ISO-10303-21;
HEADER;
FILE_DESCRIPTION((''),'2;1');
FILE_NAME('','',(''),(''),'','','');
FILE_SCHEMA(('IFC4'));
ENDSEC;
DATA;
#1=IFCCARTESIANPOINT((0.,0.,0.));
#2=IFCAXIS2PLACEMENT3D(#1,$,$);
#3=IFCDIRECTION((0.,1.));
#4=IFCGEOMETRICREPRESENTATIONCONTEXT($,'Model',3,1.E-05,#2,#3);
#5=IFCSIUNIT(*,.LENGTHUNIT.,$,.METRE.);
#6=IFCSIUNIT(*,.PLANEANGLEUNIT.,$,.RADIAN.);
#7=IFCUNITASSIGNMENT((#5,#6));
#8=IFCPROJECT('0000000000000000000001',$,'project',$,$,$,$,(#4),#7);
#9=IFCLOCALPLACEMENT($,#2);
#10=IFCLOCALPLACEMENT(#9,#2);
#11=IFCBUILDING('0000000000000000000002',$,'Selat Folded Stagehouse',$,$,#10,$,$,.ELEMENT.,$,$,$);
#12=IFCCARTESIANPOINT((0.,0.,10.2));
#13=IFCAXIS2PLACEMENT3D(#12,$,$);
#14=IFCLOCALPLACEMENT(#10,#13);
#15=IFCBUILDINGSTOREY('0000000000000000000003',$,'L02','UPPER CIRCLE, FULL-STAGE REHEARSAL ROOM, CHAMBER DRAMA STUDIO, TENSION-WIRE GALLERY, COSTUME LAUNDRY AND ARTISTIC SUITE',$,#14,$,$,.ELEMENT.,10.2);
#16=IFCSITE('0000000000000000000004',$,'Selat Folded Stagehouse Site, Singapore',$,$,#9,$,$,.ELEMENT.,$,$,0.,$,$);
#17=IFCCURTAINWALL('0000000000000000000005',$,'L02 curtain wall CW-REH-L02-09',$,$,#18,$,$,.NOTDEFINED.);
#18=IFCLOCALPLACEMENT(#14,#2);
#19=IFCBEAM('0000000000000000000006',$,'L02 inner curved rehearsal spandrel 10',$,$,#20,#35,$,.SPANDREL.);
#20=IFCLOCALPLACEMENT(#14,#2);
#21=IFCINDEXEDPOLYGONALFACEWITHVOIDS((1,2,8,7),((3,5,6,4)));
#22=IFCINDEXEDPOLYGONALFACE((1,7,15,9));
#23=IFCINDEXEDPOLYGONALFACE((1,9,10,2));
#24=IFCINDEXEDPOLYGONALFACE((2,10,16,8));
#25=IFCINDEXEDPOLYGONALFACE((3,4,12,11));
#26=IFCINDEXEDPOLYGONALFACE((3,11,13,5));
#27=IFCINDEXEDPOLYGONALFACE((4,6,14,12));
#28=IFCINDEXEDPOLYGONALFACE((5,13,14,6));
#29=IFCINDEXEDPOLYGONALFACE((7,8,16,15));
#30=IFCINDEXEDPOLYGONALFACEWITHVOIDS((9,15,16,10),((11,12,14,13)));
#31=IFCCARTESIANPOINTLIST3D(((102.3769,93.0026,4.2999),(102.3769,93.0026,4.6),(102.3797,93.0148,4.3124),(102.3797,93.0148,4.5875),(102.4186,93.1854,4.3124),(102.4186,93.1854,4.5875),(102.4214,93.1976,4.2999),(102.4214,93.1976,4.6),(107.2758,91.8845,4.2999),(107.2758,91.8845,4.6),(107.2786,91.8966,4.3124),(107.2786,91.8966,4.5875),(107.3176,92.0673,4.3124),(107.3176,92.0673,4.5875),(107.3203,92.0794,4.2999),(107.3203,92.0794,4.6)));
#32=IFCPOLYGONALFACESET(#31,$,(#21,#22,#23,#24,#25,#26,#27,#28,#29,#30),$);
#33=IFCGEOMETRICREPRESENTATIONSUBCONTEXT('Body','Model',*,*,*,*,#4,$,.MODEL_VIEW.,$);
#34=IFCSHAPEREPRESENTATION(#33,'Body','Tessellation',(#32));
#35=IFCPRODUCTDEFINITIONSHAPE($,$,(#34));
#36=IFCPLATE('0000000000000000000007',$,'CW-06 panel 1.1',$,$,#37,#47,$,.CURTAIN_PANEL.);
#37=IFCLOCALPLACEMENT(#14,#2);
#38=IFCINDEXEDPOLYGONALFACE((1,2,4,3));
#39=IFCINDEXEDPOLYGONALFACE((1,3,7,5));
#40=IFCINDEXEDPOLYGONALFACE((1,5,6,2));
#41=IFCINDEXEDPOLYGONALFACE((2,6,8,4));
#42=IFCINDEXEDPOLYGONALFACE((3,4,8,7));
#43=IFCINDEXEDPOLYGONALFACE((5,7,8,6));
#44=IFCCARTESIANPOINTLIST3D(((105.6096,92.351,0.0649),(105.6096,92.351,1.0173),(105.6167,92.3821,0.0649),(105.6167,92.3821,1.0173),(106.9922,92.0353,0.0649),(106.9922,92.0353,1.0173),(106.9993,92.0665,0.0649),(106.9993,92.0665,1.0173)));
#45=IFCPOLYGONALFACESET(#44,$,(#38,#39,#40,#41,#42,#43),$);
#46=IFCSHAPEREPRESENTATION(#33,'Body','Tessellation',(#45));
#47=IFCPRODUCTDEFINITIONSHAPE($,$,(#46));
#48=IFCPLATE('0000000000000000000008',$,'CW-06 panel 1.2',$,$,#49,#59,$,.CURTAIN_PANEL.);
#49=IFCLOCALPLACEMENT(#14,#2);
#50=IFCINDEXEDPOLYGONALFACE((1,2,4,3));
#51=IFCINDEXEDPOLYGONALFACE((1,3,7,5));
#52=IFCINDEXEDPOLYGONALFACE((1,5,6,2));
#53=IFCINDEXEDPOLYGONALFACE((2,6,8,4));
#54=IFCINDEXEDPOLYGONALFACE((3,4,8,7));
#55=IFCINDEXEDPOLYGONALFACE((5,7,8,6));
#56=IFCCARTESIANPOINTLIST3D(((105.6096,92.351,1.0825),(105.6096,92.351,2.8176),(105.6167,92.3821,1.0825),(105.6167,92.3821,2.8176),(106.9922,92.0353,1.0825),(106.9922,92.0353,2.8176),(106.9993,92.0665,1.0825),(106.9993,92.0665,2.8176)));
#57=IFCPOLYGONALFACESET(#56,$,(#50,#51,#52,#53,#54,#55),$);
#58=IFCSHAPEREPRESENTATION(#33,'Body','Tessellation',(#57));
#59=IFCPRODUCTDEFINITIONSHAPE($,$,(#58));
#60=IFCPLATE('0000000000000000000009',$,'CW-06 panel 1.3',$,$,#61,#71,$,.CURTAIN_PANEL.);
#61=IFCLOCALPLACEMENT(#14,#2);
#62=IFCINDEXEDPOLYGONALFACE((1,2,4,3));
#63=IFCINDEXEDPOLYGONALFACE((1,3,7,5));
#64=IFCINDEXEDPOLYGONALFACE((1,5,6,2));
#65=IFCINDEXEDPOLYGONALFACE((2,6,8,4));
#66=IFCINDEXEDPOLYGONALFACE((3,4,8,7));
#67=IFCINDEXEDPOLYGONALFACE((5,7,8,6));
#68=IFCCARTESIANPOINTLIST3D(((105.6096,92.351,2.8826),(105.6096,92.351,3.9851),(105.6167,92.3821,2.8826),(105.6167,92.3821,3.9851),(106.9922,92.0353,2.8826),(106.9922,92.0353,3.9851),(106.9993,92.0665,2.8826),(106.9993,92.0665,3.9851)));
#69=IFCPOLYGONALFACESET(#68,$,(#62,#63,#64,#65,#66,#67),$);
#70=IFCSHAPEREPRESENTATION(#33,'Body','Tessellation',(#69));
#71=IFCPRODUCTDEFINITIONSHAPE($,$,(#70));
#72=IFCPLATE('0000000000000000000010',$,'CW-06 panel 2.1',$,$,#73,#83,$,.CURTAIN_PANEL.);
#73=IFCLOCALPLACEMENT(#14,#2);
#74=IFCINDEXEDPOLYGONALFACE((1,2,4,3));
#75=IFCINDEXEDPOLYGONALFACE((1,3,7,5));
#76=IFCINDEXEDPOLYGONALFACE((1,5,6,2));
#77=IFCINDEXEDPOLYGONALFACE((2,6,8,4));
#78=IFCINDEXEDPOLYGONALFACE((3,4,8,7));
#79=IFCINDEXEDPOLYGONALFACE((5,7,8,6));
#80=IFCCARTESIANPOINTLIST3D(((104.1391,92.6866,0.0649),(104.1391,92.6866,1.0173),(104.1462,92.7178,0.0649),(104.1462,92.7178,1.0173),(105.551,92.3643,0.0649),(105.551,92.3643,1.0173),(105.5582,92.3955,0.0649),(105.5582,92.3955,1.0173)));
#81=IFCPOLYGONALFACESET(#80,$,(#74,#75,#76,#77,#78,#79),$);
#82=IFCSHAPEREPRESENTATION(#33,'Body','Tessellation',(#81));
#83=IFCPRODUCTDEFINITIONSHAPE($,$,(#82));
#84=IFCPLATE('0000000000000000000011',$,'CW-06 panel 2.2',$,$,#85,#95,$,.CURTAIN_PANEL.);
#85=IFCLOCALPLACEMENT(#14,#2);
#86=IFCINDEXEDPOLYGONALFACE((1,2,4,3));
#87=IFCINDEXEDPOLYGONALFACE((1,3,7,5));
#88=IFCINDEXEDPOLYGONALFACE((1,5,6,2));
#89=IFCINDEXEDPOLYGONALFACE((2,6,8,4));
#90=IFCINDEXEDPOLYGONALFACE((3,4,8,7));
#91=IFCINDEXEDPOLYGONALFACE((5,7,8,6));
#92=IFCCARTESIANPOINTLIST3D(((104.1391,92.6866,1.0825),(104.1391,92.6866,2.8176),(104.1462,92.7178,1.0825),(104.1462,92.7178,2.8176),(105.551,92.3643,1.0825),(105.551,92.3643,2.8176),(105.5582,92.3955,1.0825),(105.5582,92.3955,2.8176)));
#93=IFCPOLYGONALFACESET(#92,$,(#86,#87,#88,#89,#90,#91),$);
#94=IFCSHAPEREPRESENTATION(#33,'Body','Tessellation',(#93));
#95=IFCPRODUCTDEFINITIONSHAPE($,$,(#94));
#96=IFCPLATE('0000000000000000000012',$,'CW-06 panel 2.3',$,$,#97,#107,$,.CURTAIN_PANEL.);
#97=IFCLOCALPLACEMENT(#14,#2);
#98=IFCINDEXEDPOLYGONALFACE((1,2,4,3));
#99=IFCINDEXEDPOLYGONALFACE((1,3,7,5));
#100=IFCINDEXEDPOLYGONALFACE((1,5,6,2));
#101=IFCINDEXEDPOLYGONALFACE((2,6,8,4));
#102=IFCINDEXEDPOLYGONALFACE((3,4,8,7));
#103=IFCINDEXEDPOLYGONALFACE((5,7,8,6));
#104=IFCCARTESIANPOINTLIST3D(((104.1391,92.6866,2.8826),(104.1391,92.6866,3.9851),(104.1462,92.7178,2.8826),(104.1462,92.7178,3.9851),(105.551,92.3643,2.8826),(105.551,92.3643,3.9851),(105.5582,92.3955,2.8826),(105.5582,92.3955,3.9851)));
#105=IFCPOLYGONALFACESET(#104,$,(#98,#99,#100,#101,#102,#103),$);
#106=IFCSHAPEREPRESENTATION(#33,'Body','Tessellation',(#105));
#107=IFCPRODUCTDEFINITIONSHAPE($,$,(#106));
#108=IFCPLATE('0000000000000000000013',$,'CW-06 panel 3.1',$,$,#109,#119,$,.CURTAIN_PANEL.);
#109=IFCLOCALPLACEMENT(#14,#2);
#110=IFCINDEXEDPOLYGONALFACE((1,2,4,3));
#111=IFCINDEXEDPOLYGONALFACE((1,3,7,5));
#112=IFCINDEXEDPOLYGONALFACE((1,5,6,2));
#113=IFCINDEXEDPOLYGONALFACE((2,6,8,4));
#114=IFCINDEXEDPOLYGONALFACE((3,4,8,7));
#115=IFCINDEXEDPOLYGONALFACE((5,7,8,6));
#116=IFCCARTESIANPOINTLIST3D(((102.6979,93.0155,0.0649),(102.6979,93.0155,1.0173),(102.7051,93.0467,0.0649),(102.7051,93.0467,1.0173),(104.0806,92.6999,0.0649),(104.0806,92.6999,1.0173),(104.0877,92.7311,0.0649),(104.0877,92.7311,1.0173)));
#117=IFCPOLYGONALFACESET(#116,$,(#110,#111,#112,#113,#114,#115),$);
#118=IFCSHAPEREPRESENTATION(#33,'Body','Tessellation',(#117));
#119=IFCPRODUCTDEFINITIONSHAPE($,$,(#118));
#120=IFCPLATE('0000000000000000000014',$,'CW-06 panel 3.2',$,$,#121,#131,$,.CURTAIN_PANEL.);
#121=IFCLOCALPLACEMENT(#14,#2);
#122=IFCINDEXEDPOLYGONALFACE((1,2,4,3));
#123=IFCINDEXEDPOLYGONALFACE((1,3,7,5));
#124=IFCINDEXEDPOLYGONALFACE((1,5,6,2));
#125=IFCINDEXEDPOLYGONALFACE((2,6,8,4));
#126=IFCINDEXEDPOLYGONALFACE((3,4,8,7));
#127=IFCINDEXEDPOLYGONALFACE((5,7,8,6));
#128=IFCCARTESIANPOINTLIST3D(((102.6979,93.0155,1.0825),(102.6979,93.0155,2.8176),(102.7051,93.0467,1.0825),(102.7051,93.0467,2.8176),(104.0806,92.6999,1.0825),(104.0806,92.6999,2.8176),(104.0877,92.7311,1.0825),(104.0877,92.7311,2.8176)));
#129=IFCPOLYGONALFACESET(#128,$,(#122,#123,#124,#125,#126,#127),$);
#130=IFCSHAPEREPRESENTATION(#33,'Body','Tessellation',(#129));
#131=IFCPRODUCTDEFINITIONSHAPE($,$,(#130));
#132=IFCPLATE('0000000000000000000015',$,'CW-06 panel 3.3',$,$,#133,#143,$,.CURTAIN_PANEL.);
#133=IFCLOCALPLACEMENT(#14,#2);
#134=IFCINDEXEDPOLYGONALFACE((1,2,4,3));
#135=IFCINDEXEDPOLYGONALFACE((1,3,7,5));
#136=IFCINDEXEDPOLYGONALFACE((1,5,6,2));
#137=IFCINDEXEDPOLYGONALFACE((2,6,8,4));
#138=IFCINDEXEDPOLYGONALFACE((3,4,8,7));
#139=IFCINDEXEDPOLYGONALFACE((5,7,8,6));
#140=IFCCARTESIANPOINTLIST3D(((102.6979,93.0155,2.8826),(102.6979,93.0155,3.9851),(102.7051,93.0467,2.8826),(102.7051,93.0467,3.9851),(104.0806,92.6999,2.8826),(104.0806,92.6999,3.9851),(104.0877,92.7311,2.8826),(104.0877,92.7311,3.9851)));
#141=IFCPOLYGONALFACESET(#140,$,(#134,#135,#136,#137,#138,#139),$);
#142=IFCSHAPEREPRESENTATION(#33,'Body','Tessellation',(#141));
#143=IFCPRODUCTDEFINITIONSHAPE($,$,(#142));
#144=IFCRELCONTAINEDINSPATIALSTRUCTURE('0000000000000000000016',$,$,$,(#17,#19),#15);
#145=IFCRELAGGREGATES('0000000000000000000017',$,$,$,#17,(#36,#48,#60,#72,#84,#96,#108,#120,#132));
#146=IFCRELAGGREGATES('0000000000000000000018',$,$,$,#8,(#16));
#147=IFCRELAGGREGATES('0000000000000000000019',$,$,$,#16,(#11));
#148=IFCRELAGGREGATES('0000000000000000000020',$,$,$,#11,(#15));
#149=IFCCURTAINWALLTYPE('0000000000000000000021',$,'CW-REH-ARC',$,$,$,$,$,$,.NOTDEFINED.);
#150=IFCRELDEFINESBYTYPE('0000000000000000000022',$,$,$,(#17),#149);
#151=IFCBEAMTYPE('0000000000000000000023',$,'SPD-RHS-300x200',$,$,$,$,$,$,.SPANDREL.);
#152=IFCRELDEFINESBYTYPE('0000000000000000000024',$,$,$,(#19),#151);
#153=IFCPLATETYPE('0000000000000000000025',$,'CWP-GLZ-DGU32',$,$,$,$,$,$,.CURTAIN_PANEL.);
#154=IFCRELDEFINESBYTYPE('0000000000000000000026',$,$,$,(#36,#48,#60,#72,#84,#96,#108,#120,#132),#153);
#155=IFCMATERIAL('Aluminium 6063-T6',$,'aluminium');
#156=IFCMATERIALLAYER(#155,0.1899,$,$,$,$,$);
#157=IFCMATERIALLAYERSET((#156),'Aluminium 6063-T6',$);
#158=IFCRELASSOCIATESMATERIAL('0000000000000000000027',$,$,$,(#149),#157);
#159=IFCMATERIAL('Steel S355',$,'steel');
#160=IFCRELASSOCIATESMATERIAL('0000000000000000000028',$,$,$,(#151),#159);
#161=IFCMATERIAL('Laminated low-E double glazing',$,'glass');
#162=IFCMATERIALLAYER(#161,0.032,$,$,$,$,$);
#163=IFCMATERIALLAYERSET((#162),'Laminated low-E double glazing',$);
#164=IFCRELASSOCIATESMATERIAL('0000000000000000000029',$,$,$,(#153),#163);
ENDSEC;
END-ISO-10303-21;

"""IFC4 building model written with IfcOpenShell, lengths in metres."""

from ifc_helpers import new_model, si_unit, direction, frame, origin, origin_2d, place, context, subcontext, project, spatial, rectangle, hollow_rectangle, extrude, material, layer, layer_set, material_profile, profile_set, type_object, element, aggregate, save


model = new_model("IFC4")

# Units and contexts
model_context = context("Model", 3, precision=1e-05, world=origin(), true_north=direction((0.0, 1.0)))
body_context = subcontext(model_context, "Body", "Model", "MODEL_VIEW")
ifc_project = project(units=[si_unit("LENGTHUNIT", "METRE"), si_unit("PLANEANGLEUNIT", "RADIAN")], contexts=[model_context])

# Site, building, storey
site_placement = place(None, origin())
site = spatial("IfcSite", under=ifc_project, at=site_placement, Name="Selat Folded Stagehouse Site, Singapore", CompositionType="ELEMENT", RefElevation=0.0)
building_placement = place(site_placement, origin())
building = spatial("IfcBuilding", under=site, at=building_placement, Name="Selat Folded Stagehouse", CompositionType="ELEMENT")
storey_placement = place(building_placement, frame((0.0, 0.0, 10.2)))
storey = spatial("IfcBuildingStorey", under=building, at=storey_placement, Name="L02", Description="UPPER CIRCLE, FULL-STAGE REHEARSAL ROOM, CHAMBER DRAMA STUDIO, TENSION-WIRE GALLERY, COSTUME LAUNDRY AND ARTISTIC SUITE", CompositionType="ELEMENT", Elevation=10.2)

# Curtain wall
ifc_material_1 = material(Name="Aluminium 6063-T6", Category="aluminium")
ifc_layer_1 = layer(ifc_material_1, 0.1899)
ifc_layer_set_1 = layer_set([ifc_layer_1], Name="Aluminium 6063-T6")
curtain_wall_type = type_object("IfcCurtainWallType", Name="CW-REH-ARC", PredefinedType="NOTDEFINED", material=ifc_layer_set_1)
curtain_wall_placement = place(storey_placement, origin())
curtain_wall = element("IfcCurtainWall", 1, at=curtain_wall_placement, inside=storey, type_object=curtain_wall_type, Name="L02 curtain wall CW-REH-L02-09", PredefinedType="NOTDEFINED")

# Beam
ifc_material_2 = material(Name="Steel S355", Category="steel")
ifc_material_profile_1 = material_profile(ifc_material_2, hollow_rectangle(XDim=0.2, YDim=0.3, WallThickness=0.0125, at=origin_2d()), Name="RHS 300x200x12.5")
ifc_profile_set_1 = profile_set([ifc_material_profile_1], Name="Steel S355")
beam_type = type_object("IfcBeamType", Name="SPD-RHS-300x200", PredefinedType="SPANDREL", material=ifc_profile_set_1)
beam_placement = place(storey_placement, frame((102.3992, 93.1001, 4.45), z_axis=(0.974927, -0.222524, 0.0), x_axis=(0.222524, 0.974927, 0.0)))
element("IfcBeam", 2, at=beam_placement, inside=storey, type_object=beam_type, Name="L02 inner curved rehearsal spandrel 10", PredefinedType="SPANDREL", context=body_context, shape_type="SweptSolid", body=[
    extrude(hollow_rectangle(XDim=0.2, YDim=0.3, WallThickness=0.0125, at=origin_2d()), origin(), (0.0, 0.0, 1.0), 5.0249),
])

# Plates
ifc_material_3 = material(Name="Laminated low-E double glazing", Category="glass")
ifc_layer_2 = layer(ifc_material_3, 0.032)
ifc_layer_set_2 = layer_set([ifc_layer_2], Name="Laminated low-E double glazing")
plate_type = type_object("IfcPlateType", Name="CWP-GLZ-DGU32", PredefinedType="CURTAIN_PANEL", material=ifc_layer_set_2)
plate_1_placement = place(storey_placement, frame((106.3044, 92.2087, 0.0649), z_axis=(0.0, 0.0, 1.0), x_axis=(-0.974923, 0.222543, 0.0)))
plate_1 = element("IfcPlate", 3, at=plate_1_placement, type_object=plate_type, Name="CW-06 panel 1.1", PredefinedType="CURTAIN_PANEL", context=body_context, shape_type="SweptSolid", body=[
    extrude(rectangle(XDim=1.4182, YDim=0.032, at=origin_2d()), origin(), (0.0, 0.0, 1.0), 0.9524),
])
plate_2_placement = place(storey_placement, frame((106.3044, 92.2087, 1.0825), z_axis=(0.0, 0.0, 1.0), x_axis=(-0.974923, 0.222543, 0.0)))
plate_2 = element("IfcPlate", 4, at=plate_2_placement, type_object=plate_type, Name="CW-06 panel 1.2", PredefinedType="CURTAIN_PANEL", context=body_context, shape_type="SweptSolid", body=[
    extrude(rectangle(XDim=1.4182, YDim=0.032, at=origin_2d()), origin(), (0.0, 0.0, 1.0), 1.7351),
])
plate_3_placement = place(storey_placement, frame((106.3044, 92.2087, 2.8826), z_axis=(0.0, 0.0, 1.0), x_axis=(-0.974923, 0.222543, 0.0)))
plate_3 = element("IfcPlate", 5, at=plate_3_placement, type_object=plate_type, Name="CW-06 panel 1.3", PredefinedType="CURTAIN_PANEL", context=body_context, shape_type="SweptSolid", body=[
    extrude(rectangle(XDim=1.4182, YDim=0.032, at=origin_2d()), origin(), (0.0, 0.0, 1.0), 1.1025),
])
plate_4_placement = place(storey_placement, frame((104.8486, 92.541, 0.0649), z_axis=(0.0, 0.0, 1.0), x_axis=(-0.974923, 0.222543, 0.0)))
plate_4 = element("IfcPlate", 6, at=plate_4_placement, type_object=plate_type, Name="CW-06 panel 2.1", PredefinedType="CURTAIN_PANEL", context=body_context, shape_type="SweptSolid", body=[
    extrude(rectangle(XDim=1.4482, YDim=0.032, at=origin_2d()), origin(), (0.0, 0.0, 1.0), 0.9524),
])
plate_5_placement = place(storey_placement, frame((104.8486, 92.541, 1.0825), z_axis=(0.0, 0.0, 1.0), x_axis=(-0.974923, 0.222543, 0.0)))
plate_5 = element("IfcPlate", 7, at=plate_5_placement, type_object=plate_type, Name="CW-06 panel 2.2", PredefinedType="CURTAIN_PANEL", context=body_context, shape_type="SweptSolid", body=[
    extrude(rectangle(XDim=1.4482, YDim=0.032, at=origin_2d()), origin(), (0.0, 0.0, 1.0), 1.7351),
])
plate_6_placement = place(storey_placement, frame((104.8486, 92.541, 2.8826), z_axis=(0.0, 0.0, 1.0), x_axis=(-0.974923, 0.222543, 0.0)))
plate_6 = element("IfcPlate", 8, at=plate_6_placement, type_object=plate_type, Name="CW-06 panel 2.3", PredefinedType="CURTAIN_PANEL", context=body_context, shape_type="SweptSolid", body=[
    extrude(rectangle(XDim=1.4482, YDim=0.032, at=origin_2d()), origin(), (0.0, 0.0, 1.0), 1.1025),
])
plate_7_placement = place(storey_placement, frame((103.3928, 92.8733, 0.0649), z_axis=(0.0, 0.0, 1.0), x_axis=(-0.974923, 0.222543, 0.0)))
plate_7 = element("IfcPlate", 9, at=plate_7_placement, type_object=plate_type, Name="CW-06 panel 3.1", PredefinedType="CURTAIN_PANEL", context=body_context, shape_type="SweptSolid", body=[
    extrude(rectangle(XDim=1.4182, YDim=0.032, at=origin_2d()), origin(), (0.0, 0.0, 1.0), 0.9524),
])
plate_8_placement = place(storey_placement, frame((103.3928, 92.8733, 1.0825), z_axis=(0.0, 0.0, 1.0), x_axis=(-0.974923, 0.222543, 0.0)))
plate_8 = element("IfcPlate", 10, at=plate_8_placement, type_object=plate_type, Name="CW-06 panel 3.2", PredefinedType="CURTAIN_PANEL", context=body_context, shape_type="SweptSolid", body=[
    extrude(rectangle(XDim=1.4182, YDim=0.032, at=origin_2d()), origin(), (0.0, 0.0, 1.0), 1.7351),
])
plate_9_placement = place(storey_placement, frame((103.3928, 92.8733, 2.8826), z_axis=(0.0, 0.0, 1.0), x_axis=(-0.974923, 0.222543, 0.0)))
plate_9 = element("IfcPlate", 11, at=plate_9_placement, type_object=plate_type, Name="CW-06 panel 3.3", PredefinedType="CURTAIN_PANEL", context=body_context, shape_type="SweptSolid", body=[
    extrude(rectangle(XDim=1.4182, YDim=0.032, at=origin_2d()), origin(), (0.0, 0.0, 1.0), 1.1025),
])
aggregate(curtain_wall, [plate_1, plate_2, plate_3, plate_4, plate_5, plate_6, plate_7, plate_8, plate_9])

save(model, "model.ifc")
